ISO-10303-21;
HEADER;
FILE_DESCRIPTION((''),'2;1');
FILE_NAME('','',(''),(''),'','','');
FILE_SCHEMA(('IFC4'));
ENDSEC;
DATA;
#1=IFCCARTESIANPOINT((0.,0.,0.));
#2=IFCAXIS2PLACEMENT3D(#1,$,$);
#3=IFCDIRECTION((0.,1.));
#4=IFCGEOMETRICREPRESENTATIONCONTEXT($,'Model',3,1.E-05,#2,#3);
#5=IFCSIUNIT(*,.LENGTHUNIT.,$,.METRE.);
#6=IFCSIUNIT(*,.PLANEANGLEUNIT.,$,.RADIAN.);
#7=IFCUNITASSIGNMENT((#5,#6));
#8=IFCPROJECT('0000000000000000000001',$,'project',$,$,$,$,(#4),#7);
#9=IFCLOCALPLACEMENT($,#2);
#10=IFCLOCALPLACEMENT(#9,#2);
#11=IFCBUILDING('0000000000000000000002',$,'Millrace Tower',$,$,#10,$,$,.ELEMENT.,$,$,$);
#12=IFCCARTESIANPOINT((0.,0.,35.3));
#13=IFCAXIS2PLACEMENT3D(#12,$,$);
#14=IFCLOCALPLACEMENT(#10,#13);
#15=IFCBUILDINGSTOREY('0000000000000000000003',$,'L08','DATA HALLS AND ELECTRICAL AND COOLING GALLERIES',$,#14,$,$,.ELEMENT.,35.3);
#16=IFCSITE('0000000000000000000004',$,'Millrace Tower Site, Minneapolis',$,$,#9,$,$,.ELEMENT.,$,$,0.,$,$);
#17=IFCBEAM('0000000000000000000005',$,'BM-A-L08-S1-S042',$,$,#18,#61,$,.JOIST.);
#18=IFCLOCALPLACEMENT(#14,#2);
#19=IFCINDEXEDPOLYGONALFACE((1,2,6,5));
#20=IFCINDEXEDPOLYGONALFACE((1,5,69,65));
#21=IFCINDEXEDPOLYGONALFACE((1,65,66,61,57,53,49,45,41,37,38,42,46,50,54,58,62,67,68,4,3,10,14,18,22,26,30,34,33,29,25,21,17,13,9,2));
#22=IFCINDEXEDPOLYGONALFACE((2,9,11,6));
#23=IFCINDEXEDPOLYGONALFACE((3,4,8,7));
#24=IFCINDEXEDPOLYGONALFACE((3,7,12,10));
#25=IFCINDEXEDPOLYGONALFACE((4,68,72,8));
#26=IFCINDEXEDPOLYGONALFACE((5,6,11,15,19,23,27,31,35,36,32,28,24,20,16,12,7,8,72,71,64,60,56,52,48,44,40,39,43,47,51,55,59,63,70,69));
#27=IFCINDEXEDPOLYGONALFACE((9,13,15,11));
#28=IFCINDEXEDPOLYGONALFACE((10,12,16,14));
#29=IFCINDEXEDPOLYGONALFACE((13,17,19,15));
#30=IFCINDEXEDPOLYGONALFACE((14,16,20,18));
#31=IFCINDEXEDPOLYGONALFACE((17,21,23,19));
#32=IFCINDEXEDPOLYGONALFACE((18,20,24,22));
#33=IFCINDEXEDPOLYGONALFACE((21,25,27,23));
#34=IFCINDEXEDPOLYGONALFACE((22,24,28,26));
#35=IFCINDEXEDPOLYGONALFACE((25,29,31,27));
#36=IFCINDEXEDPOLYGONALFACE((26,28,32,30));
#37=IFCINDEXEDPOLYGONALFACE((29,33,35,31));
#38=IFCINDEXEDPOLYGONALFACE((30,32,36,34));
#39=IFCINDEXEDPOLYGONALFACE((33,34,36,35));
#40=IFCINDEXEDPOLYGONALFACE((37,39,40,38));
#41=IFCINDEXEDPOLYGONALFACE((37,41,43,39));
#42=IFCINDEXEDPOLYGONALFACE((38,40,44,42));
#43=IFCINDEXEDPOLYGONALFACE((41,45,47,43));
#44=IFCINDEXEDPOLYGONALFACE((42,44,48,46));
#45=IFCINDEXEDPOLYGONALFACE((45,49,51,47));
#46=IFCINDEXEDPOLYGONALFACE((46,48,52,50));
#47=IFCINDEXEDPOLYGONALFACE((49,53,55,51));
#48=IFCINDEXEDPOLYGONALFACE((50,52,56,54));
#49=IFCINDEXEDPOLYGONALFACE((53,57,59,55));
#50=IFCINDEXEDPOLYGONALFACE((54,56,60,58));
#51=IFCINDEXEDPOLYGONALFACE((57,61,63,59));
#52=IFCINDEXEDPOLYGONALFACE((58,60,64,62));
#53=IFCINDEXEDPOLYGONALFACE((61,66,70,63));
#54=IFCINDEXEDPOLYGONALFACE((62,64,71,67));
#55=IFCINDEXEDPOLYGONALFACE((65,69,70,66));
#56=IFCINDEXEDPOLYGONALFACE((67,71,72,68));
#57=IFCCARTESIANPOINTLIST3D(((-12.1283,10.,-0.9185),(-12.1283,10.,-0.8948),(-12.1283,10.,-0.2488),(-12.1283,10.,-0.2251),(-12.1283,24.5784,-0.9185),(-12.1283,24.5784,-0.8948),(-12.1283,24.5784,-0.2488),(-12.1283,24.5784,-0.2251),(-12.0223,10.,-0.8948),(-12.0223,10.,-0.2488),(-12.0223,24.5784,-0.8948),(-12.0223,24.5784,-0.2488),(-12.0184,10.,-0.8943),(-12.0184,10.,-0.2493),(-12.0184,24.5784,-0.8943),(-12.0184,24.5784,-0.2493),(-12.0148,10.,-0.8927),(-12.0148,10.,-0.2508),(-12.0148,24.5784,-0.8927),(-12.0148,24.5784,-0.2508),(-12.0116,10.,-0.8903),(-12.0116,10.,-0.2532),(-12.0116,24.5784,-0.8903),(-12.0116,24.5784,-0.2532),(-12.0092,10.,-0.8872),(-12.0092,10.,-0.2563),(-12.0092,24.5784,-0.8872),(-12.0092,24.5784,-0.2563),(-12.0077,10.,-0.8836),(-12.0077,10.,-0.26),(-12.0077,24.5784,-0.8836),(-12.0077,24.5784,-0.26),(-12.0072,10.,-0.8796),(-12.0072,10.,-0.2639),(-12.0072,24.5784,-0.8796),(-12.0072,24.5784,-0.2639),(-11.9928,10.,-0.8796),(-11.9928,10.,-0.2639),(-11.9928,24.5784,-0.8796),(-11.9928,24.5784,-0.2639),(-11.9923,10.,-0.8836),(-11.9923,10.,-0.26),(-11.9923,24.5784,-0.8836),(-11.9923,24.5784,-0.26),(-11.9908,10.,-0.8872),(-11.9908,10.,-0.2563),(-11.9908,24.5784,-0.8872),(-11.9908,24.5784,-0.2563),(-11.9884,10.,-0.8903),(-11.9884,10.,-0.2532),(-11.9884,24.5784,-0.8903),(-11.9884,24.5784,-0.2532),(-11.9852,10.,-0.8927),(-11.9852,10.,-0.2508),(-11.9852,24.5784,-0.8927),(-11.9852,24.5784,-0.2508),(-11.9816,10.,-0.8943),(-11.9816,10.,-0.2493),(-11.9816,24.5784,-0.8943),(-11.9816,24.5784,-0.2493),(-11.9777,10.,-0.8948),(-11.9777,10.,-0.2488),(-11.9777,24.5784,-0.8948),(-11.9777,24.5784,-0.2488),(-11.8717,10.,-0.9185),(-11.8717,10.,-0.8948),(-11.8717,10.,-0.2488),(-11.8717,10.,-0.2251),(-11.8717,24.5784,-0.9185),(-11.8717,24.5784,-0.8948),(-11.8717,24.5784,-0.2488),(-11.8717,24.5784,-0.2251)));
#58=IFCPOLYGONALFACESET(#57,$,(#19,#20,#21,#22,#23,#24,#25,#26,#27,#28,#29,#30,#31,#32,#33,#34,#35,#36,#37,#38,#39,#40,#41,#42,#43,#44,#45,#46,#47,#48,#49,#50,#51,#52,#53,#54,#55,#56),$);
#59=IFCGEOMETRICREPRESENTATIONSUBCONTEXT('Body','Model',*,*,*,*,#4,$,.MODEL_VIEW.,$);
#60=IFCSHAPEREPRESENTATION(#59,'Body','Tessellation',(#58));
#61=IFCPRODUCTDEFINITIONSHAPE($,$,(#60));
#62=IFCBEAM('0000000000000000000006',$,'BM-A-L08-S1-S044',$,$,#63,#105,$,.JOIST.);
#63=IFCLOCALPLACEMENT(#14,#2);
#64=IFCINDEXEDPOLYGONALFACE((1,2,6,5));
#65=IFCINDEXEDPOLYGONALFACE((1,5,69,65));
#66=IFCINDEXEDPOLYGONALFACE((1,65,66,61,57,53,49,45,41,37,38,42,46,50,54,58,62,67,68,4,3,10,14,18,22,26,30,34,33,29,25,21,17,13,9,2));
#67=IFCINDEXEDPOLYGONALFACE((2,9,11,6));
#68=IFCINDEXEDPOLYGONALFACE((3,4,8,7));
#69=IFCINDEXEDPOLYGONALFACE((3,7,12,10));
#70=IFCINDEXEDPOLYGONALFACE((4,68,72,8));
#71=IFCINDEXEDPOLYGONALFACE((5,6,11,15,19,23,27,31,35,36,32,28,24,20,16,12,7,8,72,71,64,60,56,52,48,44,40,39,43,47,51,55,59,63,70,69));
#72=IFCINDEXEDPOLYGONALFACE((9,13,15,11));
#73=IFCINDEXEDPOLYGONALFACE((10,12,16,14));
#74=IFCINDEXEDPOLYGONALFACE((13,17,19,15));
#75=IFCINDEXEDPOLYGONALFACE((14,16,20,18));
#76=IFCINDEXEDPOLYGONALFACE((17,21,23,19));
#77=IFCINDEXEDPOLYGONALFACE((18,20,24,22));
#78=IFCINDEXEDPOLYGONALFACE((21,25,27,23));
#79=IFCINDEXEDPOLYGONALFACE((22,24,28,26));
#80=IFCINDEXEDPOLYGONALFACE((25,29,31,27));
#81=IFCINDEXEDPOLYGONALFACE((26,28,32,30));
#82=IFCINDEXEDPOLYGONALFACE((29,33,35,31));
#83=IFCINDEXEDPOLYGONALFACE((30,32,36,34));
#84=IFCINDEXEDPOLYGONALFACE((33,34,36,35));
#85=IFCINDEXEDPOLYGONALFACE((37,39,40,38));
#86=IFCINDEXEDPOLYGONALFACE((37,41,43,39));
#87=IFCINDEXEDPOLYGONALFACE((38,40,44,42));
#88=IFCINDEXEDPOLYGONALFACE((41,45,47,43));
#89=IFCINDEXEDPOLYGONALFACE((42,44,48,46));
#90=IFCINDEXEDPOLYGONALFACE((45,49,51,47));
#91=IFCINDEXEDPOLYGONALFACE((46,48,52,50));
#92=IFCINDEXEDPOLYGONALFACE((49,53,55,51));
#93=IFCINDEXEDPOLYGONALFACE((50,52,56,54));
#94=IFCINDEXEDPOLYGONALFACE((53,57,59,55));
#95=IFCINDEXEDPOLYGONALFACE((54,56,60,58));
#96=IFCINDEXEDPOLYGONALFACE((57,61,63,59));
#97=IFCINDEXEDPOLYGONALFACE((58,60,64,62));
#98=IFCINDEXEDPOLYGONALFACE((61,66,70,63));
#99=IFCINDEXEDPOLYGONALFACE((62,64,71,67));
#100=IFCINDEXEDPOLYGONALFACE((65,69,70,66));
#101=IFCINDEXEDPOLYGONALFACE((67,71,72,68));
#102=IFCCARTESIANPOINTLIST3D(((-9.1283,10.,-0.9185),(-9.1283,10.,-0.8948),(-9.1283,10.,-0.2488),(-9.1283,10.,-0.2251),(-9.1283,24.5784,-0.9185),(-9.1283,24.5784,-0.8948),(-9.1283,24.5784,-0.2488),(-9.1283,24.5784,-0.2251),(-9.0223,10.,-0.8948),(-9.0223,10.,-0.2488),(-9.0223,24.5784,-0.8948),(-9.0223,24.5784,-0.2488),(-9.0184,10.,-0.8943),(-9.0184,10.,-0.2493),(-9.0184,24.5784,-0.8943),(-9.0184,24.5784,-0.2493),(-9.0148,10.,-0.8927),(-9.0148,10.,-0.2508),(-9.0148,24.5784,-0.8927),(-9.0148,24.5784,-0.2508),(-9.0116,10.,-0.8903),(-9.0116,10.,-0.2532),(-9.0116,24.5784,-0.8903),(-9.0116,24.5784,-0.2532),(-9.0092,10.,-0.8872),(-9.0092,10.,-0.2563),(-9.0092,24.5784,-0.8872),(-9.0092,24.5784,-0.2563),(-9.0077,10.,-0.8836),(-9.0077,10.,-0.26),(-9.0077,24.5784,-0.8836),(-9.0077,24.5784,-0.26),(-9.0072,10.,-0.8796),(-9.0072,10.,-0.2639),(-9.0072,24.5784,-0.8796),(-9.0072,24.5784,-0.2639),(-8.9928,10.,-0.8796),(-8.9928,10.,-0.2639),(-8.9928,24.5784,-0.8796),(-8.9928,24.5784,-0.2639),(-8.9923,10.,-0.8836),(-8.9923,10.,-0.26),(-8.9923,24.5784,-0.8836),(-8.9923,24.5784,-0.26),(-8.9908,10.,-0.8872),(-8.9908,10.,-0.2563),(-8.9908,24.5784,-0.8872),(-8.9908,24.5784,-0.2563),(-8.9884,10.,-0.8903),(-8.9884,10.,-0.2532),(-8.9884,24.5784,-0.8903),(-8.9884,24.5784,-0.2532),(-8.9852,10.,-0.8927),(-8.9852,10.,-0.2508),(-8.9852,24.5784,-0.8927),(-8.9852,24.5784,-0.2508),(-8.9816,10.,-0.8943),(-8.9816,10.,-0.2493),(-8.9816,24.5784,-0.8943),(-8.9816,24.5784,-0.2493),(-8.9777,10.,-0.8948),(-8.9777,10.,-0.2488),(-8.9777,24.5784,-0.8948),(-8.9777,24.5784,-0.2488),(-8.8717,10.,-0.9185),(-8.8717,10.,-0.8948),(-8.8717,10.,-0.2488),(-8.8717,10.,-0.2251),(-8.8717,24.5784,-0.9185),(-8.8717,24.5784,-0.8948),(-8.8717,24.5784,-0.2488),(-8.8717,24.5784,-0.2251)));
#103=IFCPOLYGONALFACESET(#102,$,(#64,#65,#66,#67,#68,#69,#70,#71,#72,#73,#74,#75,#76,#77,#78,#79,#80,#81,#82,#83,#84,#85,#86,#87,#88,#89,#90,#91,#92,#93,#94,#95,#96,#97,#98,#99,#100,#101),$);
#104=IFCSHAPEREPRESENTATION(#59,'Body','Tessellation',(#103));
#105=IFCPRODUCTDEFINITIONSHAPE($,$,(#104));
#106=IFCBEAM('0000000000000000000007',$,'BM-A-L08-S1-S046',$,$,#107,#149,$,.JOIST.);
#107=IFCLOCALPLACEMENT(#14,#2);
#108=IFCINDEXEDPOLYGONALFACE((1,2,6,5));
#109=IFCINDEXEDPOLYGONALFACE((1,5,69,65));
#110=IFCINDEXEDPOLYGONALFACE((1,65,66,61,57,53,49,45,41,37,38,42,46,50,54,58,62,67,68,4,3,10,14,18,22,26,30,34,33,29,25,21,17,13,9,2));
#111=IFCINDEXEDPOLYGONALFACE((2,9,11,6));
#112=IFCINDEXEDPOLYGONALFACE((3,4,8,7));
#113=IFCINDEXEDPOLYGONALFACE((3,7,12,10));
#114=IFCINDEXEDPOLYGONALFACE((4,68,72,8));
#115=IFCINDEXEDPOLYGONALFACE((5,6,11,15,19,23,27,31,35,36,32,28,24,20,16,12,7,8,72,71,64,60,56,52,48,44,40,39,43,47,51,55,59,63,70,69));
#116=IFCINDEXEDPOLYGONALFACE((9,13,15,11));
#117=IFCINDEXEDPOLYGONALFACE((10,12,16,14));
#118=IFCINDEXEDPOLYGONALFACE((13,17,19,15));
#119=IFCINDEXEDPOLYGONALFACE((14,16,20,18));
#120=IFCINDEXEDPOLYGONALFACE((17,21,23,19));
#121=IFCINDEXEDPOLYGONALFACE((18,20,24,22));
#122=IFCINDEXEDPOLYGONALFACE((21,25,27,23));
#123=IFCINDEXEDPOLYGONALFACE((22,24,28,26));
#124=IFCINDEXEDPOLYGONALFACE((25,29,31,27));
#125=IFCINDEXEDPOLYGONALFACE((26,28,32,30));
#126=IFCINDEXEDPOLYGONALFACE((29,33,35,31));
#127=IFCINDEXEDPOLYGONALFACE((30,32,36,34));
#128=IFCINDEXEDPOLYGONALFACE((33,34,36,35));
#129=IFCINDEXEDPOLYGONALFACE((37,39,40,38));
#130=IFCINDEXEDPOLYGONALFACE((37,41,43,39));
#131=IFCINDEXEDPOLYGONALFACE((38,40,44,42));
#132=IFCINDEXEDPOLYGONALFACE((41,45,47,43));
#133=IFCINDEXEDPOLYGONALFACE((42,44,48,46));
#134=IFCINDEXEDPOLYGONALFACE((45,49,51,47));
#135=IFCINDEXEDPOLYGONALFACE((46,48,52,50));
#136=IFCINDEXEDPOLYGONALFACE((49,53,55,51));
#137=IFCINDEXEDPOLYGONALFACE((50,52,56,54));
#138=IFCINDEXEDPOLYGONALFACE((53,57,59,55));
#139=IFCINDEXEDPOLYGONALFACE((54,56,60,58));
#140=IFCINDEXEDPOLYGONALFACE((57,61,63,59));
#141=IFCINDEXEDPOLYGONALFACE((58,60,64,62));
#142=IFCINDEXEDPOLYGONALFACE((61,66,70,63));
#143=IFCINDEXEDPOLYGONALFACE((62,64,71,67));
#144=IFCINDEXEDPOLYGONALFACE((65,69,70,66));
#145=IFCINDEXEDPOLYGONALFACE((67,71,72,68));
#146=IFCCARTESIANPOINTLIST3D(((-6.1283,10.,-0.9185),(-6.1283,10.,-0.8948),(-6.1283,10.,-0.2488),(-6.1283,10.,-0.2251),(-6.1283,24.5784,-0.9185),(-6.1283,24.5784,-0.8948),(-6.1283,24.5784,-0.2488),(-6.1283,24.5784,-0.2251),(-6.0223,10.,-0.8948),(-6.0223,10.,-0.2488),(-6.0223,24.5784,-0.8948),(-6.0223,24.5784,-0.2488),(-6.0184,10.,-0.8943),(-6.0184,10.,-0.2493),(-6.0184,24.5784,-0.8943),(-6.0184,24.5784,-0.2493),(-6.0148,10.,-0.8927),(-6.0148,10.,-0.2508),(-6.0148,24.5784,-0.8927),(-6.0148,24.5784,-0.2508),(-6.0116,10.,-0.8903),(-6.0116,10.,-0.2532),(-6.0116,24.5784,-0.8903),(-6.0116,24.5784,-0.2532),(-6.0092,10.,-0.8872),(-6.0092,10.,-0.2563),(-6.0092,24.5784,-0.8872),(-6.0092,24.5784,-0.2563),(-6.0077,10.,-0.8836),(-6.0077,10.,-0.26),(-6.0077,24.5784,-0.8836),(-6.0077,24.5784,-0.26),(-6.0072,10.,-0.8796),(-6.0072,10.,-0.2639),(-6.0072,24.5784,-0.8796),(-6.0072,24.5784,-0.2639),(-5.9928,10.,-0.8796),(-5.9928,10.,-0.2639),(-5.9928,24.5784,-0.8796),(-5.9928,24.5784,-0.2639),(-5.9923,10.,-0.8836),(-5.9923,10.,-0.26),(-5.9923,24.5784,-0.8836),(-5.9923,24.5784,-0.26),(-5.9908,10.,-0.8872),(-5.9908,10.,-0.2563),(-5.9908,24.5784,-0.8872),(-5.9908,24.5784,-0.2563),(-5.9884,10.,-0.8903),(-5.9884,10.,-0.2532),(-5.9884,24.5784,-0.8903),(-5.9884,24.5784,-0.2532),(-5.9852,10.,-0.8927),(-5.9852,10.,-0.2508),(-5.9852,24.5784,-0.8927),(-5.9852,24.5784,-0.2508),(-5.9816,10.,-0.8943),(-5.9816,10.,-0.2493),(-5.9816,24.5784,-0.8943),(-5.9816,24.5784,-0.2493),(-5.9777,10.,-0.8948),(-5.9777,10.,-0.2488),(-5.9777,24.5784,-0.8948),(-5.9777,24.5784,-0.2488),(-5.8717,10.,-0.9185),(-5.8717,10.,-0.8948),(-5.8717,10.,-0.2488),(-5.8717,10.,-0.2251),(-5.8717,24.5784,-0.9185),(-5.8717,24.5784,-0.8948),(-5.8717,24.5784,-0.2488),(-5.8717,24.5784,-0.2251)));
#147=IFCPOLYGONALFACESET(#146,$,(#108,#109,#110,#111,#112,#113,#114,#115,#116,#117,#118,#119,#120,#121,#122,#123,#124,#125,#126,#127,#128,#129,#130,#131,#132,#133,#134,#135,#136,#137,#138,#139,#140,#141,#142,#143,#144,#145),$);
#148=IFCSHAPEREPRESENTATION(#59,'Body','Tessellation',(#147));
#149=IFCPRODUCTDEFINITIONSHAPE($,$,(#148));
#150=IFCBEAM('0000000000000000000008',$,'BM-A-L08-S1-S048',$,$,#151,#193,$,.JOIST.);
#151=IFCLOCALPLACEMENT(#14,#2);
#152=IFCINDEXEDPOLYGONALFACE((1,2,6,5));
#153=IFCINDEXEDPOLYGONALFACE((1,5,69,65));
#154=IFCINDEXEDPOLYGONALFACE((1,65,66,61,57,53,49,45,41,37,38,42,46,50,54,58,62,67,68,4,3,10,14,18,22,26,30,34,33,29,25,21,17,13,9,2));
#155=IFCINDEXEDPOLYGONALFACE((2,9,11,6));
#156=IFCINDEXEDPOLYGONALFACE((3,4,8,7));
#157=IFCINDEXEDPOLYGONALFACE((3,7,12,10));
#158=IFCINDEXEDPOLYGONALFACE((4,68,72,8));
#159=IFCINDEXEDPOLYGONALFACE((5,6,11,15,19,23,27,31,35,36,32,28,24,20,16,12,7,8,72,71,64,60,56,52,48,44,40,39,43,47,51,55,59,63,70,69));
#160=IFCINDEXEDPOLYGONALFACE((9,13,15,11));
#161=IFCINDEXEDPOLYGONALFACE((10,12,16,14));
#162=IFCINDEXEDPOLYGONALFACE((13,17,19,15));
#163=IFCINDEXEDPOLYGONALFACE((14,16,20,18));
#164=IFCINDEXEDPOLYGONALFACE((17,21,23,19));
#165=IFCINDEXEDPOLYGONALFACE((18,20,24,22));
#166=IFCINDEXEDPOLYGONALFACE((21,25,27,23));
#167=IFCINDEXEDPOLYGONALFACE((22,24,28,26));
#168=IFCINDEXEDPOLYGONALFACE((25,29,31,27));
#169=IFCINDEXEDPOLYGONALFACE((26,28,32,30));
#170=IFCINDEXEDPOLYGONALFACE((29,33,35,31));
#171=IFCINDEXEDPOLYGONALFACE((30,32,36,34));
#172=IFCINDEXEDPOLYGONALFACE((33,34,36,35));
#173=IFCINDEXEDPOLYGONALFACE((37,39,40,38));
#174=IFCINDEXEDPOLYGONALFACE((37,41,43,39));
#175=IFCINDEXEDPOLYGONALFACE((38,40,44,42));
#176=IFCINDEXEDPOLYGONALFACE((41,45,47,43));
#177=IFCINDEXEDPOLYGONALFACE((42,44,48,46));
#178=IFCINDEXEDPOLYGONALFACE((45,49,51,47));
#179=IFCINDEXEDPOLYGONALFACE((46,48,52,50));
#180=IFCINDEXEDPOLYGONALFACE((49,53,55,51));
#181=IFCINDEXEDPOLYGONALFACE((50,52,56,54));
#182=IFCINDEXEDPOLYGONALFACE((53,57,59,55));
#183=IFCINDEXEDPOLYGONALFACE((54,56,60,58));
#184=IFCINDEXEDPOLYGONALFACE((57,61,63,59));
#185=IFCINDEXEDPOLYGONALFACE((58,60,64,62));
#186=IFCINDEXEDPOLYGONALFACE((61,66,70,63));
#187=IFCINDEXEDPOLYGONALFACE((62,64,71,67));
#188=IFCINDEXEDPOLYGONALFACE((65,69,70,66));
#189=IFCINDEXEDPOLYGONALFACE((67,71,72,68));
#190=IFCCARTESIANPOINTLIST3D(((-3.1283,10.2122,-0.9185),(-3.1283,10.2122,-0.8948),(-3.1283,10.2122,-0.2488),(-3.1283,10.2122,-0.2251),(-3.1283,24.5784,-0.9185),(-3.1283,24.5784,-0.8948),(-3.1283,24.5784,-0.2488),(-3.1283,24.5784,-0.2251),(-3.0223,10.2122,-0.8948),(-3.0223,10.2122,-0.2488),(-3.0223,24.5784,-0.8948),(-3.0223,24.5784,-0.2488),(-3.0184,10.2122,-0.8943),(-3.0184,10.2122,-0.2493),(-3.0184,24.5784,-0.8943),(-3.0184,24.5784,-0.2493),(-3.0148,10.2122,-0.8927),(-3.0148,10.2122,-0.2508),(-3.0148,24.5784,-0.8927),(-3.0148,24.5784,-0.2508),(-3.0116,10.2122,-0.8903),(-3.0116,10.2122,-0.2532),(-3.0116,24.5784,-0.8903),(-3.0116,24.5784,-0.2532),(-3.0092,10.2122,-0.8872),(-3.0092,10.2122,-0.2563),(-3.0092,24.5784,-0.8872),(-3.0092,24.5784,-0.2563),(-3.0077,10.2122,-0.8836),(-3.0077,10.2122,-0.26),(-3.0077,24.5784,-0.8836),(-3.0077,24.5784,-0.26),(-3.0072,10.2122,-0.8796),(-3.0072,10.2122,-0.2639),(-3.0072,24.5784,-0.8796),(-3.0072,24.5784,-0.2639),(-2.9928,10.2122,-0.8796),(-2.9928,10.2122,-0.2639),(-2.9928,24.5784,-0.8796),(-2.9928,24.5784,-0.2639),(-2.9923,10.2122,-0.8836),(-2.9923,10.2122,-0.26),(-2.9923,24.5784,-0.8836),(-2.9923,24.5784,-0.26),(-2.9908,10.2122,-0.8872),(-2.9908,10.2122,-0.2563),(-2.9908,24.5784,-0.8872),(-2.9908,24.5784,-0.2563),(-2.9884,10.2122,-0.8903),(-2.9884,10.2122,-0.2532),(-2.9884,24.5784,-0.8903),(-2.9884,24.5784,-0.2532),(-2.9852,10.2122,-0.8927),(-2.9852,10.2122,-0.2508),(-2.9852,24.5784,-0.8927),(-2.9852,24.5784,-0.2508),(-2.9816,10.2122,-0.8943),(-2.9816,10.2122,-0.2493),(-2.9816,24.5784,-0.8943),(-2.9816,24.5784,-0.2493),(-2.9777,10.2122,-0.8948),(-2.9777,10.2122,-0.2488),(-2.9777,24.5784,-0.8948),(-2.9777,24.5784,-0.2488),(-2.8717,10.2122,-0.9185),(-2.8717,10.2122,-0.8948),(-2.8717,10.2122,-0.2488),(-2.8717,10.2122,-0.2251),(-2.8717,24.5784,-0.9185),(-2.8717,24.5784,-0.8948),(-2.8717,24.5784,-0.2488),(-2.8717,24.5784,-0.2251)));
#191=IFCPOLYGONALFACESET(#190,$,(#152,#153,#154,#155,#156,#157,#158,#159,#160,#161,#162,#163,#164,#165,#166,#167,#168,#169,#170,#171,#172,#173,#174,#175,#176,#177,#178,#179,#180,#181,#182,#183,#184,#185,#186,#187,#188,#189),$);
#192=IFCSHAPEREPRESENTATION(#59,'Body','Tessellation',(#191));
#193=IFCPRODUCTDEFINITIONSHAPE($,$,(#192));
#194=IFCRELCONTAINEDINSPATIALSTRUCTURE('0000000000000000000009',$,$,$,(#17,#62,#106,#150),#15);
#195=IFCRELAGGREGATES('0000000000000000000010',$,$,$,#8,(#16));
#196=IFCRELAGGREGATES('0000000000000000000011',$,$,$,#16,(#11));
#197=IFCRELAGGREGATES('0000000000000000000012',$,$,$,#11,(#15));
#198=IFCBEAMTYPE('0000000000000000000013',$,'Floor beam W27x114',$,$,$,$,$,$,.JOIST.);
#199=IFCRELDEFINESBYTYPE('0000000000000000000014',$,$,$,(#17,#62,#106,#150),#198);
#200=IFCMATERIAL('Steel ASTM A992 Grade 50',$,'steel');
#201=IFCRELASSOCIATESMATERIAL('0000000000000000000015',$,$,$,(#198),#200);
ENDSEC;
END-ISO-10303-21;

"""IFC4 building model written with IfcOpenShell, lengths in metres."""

from ifc_helpers import new_model, si_unit, direction, frame, origin, origin_2d, place, context, subcontext, project, spatial, i_section, extrude, material, material_profile, profile_set, type_object, element, save


model = new_model("IFC4")

# Units and contexts
model_context = context("Model", 3, precision=1e-05, world=origin(), true_north=direction((0.0, 1.0)))
body_context = subcontext(model_context, "Body", "Model", "MODEL_VIEW")
ifc_project = project(units=[si_unit("LENGTHUNIT", "METRE"), si_unit("PLANEANGLEUNIT", "RADIAN")], contexts=[model_context])

# Site, building, storey
site_placement = place(None, origin())
site = spatial("IfcSite", under=ifc_project, at=site_placement, Name="Millrace Tower Site, Minneapolis", CompositionType="ELEMENT", RefElevation=0.0)
building_placement = place(site_placement, origin())
building = spatial("IfcBuilding", under=site, at=building_placement, Name="Millrace Tower", CompositionType="ELEMENT")
storey_placement = place(building_placement, frame((0.0, 0.0, 35.3)))
storey = spatial("IfcBuildingStorey", under=building, at=storey_placement, Name="L08", Description="DATA HALLS AND ELECTRICAL AND COOLING GALLERIES", CompositionType="ELEMENT", Elevation=35.3)

# Beams
ifc_material_1 = material(Name="Steel ASTM A992 Grade 50", Category="steel")
ifc_material_profile_1 = material_profile(ifc_material_1, i_section(OverallWidth=0.2566, OverallDepth=0.6934, WebThickness=0.0144, FlangeThickness=0.0237, FilletRadius=0.0151, at=origin_2d()))
ifc_profile_set_1 = profile_set([ifc_material_profile_1], Name="Steel ASTM A992 Grade 50")
beam_type_1 = type_object("IfcBeamType", Name="Floor beam W27x114", PredefinedType="JOIST", material=ifc_profile_set_1)
for number, where, z_axis, x_axis, name in (
    (1, (-12.0, 10.0, -0.5718), (0.0, 1.0, 0.0), (-1.0, 0.0, 0.0), "BM-A-L08-S1-S042"),
    (2, (-9.0, 10.0, -0.5718), (0.0, 1.0, 0.0), (-1.0, 0.0, 0.0), "BM-A-L08-S1-S044"),
    (3, (-6.0, 10.0, -0.5718), (0.0, 1.0, 0.0), (-1.0, 0.0, 0.0), "BM-A-L08-S1-S046"),
):
    element("IfcBeam", number, at=place(storey_placement, frame(where, z_axis=z_axis, x_axis=x_axis)), inside=storey, type_object=beam_type_1, Name=name, PredefinedType="JOIST", context=body_context, shape_type="SweptSolid", body=[
        extrude(i_section(OverallWidth=0.2566, OverallDepth=0.6934, WebThickness=0.0144, FlangeThickness=0.0237, FilletRadius=0.0151, at=origin_2d()), origin(), (0.0, 0.0, 1.0), 14.5784),
    ])
for number, where, z_axis, x_axis, name in (
    (4, (-3.0, 10.2122, -0.5718), (0.0, 1.0, 0.0), (-1.0, 0.0, 0.0), "BM-A-L08-S1-S048"),
):
    element("IfcBeam", number, at=place(storey_placement, frame(where, z_axis=z_axis, x_axis=x_axis)), inside=storey, type_object=beam_type_1, Name=name, PredefinedType="JOIST", context=body_context, shape_type="SweptSolid", body=[
        extrude(i_section(OverallWidth=0.2566, OverallDepth=0.6934, WebThickness=0.0144, FlangeThickness=0.0237, FilletRadius=0.0151, at=origin_2d()), origin(), (0.0, 0.0, 1.0), 14.3662),
    ])

save(model, "model.ifc")
